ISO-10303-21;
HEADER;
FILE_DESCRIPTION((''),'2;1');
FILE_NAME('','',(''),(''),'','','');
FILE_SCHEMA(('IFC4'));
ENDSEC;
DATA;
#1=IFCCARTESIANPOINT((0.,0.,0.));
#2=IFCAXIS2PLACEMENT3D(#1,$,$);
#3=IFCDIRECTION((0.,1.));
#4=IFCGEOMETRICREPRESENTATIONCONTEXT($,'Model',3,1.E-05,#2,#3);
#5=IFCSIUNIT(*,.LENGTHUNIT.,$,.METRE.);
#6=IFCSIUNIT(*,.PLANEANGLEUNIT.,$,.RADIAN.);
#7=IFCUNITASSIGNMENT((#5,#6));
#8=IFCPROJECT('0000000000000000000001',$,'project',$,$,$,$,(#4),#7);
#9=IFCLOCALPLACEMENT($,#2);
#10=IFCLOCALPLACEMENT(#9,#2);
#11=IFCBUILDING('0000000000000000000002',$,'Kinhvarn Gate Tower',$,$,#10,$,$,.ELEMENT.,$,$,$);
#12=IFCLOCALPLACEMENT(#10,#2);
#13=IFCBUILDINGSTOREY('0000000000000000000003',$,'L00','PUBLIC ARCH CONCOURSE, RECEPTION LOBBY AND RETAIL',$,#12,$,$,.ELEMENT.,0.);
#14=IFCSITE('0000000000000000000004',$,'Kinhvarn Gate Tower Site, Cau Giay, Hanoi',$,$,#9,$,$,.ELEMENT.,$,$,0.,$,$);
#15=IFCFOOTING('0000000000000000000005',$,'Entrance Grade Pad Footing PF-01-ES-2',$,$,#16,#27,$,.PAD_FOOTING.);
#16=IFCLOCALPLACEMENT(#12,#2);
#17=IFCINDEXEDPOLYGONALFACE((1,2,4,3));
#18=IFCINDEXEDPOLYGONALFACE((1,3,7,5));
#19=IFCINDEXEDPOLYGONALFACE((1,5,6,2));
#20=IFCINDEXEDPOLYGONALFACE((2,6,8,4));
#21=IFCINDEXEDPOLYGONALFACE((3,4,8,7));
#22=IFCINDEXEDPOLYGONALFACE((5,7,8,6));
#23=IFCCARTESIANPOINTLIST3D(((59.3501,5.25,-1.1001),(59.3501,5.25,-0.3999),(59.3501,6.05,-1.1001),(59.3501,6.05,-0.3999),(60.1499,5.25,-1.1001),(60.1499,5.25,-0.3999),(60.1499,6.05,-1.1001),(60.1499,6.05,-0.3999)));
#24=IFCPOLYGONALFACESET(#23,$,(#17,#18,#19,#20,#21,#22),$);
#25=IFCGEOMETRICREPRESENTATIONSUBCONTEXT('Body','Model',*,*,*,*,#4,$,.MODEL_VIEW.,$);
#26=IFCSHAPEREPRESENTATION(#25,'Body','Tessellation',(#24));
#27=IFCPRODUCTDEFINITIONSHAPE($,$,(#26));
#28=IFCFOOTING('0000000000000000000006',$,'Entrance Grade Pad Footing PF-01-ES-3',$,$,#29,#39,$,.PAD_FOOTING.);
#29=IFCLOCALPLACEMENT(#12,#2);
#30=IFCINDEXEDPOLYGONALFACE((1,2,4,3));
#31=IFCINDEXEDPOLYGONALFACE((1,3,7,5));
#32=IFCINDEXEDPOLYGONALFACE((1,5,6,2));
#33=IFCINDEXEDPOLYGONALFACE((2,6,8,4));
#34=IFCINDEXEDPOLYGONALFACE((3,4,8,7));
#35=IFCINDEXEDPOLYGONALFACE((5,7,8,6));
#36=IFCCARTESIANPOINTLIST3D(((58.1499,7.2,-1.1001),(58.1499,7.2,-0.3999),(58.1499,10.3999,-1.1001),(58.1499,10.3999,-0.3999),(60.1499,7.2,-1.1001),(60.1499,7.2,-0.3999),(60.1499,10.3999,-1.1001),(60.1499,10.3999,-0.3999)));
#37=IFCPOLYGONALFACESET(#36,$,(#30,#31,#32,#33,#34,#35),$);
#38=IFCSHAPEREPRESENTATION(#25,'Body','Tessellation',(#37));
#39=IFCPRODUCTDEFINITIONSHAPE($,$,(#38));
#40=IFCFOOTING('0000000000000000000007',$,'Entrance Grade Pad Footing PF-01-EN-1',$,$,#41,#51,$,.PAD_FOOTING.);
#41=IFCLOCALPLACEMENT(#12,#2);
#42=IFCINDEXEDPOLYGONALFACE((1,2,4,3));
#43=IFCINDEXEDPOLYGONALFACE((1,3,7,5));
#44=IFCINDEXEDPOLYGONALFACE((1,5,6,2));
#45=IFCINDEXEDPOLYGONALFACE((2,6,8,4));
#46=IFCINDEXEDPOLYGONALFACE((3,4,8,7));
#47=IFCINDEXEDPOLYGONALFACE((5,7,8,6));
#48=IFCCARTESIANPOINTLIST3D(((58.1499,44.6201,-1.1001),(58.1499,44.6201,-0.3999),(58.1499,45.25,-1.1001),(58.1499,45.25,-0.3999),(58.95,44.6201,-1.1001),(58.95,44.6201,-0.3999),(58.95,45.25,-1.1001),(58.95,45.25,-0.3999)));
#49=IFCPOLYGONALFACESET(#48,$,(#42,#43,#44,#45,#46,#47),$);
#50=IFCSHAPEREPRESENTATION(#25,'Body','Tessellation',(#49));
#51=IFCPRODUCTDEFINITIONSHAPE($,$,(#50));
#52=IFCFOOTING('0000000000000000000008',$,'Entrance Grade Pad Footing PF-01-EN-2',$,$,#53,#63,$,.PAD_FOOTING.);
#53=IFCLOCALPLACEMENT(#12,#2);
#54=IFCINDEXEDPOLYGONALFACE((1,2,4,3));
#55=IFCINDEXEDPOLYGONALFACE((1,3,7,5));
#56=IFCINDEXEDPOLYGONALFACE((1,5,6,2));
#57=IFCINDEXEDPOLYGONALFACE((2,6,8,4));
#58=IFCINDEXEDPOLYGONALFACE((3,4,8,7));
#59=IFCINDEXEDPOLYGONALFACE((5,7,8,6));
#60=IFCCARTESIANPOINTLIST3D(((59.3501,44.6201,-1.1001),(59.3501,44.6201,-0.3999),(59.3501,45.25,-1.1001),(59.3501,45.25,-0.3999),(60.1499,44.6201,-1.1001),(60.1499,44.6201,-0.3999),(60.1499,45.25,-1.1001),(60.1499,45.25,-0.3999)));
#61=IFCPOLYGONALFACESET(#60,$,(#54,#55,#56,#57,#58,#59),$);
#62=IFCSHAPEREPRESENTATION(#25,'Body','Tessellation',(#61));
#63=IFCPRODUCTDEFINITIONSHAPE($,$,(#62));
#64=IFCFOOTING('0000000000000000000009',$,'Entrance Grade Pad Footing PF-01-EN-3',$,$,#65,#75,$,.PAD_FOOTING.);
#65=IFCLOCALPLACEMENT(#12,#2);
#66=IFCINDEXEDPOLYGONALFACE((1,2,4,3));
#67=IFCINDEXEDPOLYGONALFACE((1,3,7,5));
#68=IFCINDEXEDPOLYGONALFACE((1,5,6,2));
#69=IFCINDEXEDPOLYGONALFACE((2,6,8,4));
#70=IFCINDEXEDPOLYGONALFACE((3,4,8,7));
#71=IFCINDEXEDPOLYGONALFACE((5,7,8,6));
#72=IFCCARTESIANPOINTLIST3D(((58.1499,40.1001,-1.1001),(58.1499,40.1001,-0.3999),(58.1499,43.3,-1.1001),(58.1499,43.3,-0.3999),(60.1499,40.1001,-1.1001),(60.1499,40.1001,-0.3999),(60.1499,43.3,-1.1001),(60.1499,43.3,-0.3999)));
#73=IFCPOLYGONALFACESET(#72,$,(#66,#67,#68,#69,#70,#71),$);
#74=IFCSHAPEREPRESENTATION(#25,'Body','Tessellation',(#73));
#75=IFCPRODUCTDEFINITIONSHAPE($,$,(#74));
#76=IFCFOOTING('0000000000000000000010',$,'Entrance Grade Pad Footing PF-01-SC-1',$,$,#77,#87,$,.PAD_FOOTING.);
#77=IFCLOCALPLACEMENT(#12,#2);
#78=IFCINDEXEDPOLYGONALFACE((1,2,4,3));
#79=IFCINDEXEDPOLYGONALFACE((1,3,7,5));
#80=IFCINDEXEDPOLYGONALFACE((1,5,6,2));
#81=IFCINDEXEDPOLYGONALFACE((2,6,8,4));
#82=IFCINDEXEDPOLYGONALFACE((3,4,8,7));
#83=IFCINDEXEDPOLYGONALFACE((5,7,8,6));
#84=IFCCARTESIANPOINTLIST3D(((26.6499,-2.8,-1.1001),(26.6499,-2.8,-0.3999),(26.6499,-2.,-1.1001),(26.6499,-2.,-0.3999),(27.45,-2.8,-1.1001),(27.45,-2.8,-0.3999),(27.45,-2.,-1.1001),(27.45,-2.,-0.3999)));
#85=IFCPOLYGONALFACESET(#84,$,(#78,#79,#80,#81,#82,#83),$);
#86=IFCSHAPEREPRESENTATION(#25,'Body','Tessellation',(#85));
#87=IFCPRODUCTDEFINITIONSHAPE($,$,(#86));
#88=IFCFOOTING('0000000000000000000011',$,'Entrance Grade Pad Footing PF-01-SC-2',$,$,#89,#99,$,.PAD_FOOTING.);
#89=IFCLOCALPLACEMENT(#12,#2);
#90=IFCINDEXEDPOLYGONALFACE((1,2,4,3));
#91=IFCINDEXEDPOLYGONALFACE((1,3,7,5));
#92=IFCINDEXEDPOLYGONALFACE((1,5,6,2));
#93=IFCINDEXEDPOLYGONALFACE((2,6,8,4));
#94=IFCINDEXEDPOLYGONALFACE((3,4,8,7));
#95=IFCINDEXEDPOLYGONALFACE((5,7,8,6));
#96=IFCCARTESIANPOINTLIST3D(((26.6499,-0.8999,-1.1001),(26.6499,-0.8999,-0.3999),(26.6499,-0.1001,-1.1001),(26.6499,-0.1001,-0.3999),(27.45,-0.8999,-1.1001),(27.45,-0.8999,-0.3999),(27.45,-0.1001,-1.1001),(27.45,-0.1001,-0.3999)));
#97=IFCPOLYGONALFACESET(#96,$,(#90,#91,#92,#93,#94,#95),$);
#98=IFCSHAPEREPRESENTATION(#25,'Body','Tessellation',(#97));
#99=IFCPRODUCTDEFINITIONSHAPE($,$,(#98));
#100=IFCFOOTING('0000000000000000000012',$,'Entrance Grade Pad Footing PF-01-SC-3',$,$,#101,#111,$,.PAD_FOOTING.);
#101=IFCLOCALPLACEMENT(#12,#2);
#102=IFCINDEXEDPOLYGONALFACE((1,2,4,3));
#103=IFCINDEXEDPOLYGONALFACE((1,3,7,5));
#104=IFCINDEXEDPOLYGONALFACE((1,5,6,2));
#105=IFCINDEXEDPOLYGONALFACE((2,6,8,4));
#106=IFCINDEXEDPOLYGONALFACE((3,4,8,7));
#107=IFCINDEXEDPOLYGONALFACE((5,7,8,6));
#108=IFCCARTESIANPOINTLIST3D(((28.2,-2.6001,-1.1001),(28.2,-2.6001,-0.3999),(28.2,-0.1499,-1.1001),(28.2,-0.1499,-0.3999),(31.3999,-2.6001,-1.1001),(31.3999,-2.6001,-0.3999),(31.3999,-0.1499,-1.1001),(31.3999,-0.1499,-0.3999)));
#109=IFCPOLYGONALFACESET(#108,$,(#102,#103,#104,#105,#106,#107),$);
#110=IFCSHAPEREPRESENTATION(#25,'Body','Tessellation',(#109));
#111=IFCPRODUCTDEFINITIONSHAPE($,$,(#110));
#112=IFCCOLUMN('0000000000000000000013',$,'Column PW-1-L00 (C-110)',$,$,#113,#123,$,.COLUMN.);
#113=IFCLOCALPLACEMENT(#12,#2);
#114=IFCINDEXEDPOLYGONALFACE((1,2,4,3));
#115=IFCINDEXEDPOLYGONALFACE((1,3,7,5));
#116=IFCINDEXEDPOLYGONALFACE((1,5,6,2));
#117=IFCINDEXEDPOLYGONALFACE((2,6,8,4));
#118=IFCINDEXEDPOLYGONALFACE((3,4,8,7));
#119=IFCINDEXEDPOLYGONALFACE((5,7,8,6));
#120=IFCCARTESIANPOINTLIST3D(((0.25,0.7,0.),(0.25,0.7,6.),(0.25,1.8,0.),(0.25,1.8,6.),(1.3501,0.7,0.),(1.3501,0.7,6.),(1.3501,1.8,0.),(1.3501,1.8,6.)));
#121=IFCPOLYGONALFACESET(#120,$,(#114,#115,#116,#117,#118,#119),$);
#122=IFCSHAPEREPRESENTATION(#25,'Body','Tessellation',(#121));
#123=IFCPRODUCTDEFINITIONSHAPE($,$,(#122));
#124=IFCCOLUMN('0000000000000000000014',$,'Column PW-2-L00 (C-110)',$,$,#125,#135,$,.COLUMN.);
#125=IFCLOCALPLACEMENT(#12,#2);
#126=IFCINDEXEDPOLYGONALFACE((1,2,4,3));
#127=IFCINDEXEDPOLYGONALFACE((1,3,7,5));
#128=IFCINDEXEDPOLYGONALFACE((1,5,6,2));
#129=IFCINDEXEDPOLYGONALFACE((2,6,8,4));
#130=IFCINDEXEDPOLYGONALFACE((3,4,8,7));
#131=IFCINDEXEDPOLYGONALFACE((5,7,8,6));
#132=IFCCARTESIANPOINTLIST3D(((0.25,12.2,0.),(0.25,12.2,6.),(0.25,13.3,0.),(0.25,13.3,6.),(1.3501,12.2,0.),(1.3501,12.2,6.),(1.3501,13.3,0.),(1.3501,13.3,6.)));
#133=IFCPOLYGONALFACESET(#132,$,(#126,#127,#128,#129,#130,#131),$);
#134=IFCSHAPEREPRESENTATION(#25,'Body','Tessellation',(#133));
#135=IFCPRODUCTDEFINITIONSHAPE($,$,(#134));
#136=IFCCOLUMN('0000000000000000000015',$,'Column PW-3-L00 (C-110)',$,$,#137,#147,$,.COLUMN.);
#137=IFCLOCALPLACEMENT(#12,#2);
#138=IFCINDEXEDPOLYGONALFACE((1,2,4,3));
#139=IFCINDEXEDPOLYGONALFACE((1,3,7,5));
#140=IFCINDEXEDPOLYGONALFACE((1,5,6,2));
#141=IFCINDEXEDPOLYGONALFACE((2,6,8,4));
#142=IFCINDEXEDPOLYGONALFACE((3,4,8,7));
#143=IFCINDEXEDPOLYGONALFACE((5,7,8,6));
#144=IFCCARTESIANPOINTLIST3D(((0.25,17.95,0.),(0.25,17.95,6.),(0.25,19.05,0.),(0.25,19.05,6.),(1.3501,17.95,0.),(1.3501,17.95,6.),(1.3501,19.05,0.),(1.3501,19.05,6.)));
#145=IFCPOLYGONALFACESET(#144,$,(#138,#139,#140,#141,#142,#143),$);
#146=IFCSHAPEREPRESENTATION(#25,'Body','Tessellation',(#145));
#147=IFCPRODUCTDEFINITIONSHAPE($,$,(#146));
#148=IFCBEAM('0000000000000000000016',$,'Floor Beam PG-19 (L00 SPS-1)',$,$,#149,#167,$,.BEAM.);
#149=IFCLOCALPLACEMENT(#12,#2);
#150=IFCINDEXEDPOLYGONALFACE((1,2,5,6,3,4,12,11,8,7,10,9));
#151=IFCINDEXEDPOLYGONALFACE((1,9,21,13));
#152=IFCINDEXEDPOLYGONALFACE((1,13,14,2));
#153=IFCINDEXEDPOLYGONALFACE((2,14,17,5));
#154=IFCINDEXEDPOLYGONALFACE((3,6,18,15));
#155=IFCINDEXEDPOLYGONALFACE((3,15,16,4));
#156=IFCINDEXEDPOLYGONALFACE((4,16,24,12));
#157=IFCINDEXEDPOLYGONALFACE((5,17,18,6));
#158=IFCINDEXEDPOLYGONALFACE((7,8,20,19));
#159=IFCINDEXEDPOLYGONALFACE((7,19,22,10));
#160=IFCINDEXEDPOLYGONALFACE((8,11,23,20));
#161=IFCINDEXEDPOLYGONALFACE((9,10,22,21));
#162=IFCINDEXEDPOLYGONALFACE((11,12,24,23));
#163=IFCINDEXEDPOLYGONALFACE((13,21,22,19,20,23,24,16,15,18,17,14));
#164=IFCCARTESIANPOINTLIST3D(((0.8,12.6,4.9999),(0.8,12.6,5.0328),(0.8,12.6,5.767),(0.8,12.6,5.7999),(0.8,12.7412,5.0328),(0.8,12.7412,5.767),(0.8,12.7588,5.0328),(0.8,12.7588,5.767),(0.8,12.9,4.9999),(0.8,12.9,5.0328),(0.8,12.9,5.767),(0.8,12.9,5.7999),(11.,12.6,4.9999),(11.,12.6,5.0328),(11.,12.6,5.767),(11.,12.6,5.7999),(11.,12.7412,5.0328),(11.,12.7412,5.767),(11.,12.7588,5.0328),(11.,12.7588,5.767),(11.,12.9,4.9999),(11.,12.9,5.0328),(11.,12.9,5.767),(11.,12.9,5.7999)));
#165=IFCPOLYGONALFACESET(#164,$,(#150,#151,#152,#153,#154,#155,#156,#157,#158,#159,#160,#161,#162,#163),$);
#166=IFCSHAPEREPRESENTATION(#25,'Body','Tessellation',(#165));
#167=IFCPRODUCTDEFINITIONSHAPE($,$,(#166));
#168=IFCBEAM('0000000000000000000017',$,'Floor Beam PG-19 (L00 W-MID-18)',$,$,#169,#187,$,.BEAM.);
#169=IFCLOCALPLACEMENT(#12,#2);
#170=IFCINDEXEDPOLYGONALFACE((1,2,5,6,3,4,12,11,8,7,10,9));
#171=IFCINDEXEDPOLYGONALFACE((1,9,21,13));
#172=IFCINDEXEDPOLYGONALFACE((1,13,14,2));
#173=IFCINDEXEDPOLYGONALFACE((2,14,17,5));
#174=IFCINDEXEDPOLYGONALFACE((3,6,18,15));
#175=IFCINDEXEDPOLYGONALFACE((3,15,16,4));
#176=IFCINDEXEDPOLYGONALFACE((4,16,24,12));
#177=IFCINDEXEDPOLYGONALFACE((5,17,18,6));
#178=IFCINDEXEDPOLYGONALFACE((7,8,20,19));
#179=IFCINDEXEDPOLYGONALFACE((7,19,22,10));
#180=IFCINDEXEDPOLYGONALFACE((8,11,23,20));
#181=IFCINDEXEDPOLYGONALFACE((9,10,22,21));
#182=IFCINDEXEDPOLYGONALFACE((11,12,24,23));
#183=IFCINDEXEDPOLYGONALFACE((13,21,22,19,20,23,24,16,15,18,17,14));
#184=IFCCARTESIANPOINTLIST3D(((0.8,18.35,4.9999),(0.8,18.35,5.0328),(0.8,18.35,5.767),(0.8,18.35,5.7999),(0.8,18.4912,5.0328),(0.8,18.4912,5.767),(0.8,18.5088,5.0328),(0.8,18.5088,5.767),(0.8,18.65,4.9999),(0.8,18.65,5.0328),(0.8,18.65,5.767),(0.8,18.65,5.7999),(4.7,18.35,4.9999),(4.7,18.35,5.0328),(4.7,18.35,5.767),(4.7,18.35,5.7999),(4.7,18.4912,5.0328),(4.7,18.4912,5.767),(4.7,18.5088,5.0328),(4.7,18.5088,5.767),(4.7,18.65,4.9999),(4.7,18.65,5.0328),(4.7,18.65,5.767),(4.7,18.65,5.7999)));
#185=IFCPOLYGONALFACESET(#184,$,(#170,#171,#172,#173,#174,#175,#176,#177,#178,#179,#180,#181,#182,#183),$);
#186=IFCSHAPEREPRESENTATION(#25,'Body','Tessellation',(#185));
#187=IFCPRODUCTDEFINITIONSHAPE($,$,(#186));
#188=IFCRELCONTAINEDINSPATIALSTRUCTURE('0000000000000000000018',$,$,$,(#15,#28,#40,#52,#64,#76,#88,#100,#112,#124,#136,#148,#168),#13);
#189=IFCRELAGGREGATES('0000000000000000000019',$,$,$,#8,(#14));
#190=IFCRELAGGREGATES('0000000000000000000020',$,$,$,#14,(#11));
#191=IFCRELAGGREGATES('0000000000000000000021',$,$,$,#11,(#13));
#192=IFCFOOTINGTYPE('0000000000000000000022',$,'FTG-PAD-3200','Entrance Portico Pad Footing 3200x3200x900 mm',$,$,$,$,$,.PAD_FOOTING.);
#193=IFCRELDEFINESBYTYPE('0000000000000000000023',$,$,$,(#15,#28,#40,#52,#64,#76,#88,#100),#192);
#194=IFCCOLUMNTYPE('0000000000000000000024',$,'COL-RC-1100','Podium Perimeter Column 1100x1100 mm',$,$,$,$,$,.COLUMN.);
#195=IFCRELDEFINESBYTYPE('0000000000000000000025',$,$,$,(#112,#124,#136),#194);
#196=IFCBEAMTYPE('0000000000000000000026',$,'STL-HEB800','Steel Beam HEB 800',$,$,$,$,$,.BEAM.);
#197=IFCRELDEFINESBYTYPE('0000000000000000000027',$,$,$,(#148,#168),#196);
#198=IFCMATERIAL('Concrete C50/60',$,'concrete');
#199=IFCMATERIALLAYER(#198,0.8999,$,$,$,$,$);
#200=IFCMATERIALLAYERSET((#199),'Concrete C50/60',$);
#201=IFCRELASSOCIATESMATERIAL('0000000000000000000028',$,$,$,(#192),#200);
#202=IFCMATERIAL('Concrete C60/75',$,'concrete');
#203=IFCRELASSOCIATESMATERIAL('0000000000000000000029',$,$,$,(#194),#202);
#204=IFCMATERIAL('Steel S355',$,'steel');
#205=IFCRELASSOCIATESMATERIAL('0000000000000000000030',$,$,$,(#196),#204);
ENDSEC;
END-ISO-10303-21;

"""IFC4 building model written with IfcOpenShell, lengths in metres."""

from ifc_helpers import new_model, si_unit, direction, frame, origin, origin_2d, place, context, subcontext, project, spatial, polyline, rectangle, i_section, outline, extrude, material, layer, layer_set, material_profile, profile_set, type_object, element, save


model = new_model("IFC4")

# Units and contexts
model_context = context("Model", 3, precision=1e-05, world=origin(), true_north=direction((0.0, 1.0)))
body_context = subcontext(model_context, "Body", "Model", "MODEL_VIEW")
ifc_project = project(units=[si_unit("LENGTHUNIT", "METRE"), si_unit("PLANEANGLEUNIT", "RADIAN")], contexts=[model_context])

# Site, building, storey
site_placement = place(None, origin())
site = spatial("IfcSite", under=ifc_project, at=site_placement, Name="Kinhvarn Gate Tower Site, Cau Giay, Hanoi", CompositionType="ELEMENT", RefElevation=0.0)
building_placement = place(site_placement, origin())
building = spatial("IfcBuilding", under=site, at=building_placement, Name="Kinhvarn Gate Tower", CompositionType="ELEMENT")
storey_placement = place(building_placement, origin())
storey = spatial("IfcBuildingStorey", under=building, at=storey_placement, Name="L00", Description="PUBLIC ARCH CONCOURSE, RECEPTION LOBBY AND RETAIL", CompositionType="ELEMENT", Elevation=0.0)

# Footings
ifc_material_1 = material(Name="Concrete C50/60", Category="concrete")
ifc_layer_1 = layer(ifc_material_1, 0.8999)
ifc_layer_set_1 = layer_set([ifc_layer_1], Name="Concrete C50/60")
footing_type = type_object("IfcFootingType", Name="FTG-PAD-3200", Description="Entrance Portico Pad Footing 3200x3200x900 mm", PredefinedType="PAD_FOOTING", material=ifc_layer_set_1)
footing_1_placement = place(storey_placement, frame((0.0, 0.0, -1.1001)))
element("IfcFooting", 1, at=footing_1_placement, inside=storey, type_object=footing_type, Name="Entrance Grade Pad Footing PF-01-ES-2", PredefinedType="PAD_FOOTING", context=body_context, shape_type="SweptSolid", body=[
    extrude(outline(polyline([(59.3501, 5.25), (60.1499, 5.25), (60.1499, 6.05), (59.3501, 6.05), (59.3501, 5.25)])), origin(), (0.0, 0.0, 1.0), 0.7002),
])
footing_2_placement = place(storey_placement, frame((0.0, 0.0, -1.1001)))
element("IfcFooting", 2, at=footing_2_placement, inside=storey, type_object=footing_type, Name="Entrance Grade Pad Footing PF-01-ES-3", PredefinedType="PAD_FOOTING", context=body_context, shape_type="SweptSolid", body=[
    extrude(outline(polyline([(58.1499, 7.2), (60.1499, 7.2), (60.1499, 10.3999), (58.1499, 10.3999), (58.1499, 7.2)])), origin(), (0.0, 0.0, 1.0), 0.7002),
])
footing_3_placement = place(storey_placement, frame((0.0, 0.0, -1.1001)))
element("IfcFooting", 3, at=footing_3_placement, inside=storey, type_object=footing_type, Name="Entrance Grade Pad Footing PF-01-EN-1", PredefinedType="PAD_FOOTING", context=body_context, shape_type="SweptSolid", body=[
    extrude(outline(polyline([(58.1499, 44.6201), (58.95, 44.6201), (58.95, 45.25), (58.1499, 45.25), (58.1499, 44.6201)])), origin(), (0.0, 0.0, 1.0), 0.7002),
])
footing_4_placement = place(storey_placement, frame((0.0, 0.0, -1.1001)))
element("IfcFooting", 4, at=footing_4_placement, inside=storey, type_object=footing_type, Name="Entrance Grade Pad Footing PF-01-EN-2", PredefinedType="PAD_FOOTING", context=body_context, shape_type="SweptSolid", body=[
    extrude(outline(polyline([(59.3501, 44.6201), (60.1499, 44.6201), (60.1499, 45.25), (59.3501, 45.25), (59.3501, 44.6201)])), origin(), (0.0, 0.0, 1.0), 0.7002),
])
footing_5_placement = place(storey_placement, frame((0.0, 0.0, -1.1001)))
element("IfcFooting", 5, at=footing_5_placement, inside=storey, type_object=footing_type, Name="Entrance Grade Pad Footing PF-01-EN-3", PredefinedType="PAD_FOOTING", context=body_context, shape_type="SweptSolid", body=[
    extrude(outline(polyline([(58.1499, 40.1001), (60.1499, 40.1001), (60.1499, 43.3), (58.1499, 43.3), (58.1499, 40.1001)])), origin(), (0.0, 0.0, 1.0), 0.7002),
])
footing_6_placement = place(storey_placement, frame((0.0, 0.0, -1.1001)))
element("IfcFooting", 6, at=footing_6_placement, inside=storey, type_object=footing_type, Name="Entrance Grade Pad Footing PF-01-SC-1", PredefinedType="PAD_FOOTING", context=body_context, shape_type="SweptSolid", body=[
    extrude(outline(polyline([(26.6499, -2.8), (27.45, -2.8), (27.45, -2.0), (26.6499, -2.0), (26.6499, -2.8)])), origin(), (0.0, 0.0, 1.0), 0.7002),
])
footing_7_placement = place(storey_placement, frame((0.0, 0.0, -1.1001)))
element("IfcFooting", 7, at=footing_7_placement, inside=storey, type_object=footing_type, Name="Entrance Grade Pad Footing PF-01-SC-2", PredefinedType="PAD_FOOTING", context=body_context, shape_type="SweptSolid", body=[
    extrude(outline(polyline([(26.6499, -0.8999), (27.45, -0.8999), (27.45, -0.1001), (26.6499, -0.1001), (26.6499, -0.8999)])), origin(), (0.0, 0.0, 1.0), 0.7002),
])
footing_8_placement = place(storey_placement, frame((0.0, 0.0, -1.1001)))
element("IfcFooting", 8, at=footing_8_placement, inside=storey, type_object=footing_type, Name="Entrance Grade Pad Footing PF-01-SC-3", PredefinedType="PAD_FOOTING", context=body_context, shape_type="SweptSolid", body=[
    extrude(outline(polyline([(28.2, -2.6001), (31.3999, -2.6001), (31.3999, -0.1499), (28.2, -0.1499), (28.2, -2.6001)])), origin(), (0.0, 0.0, 1.0), 0.7002),
])

# Columns
ifc_material_2 = material(Name="Concrete C60/75", Category="concrete")
ifc_material_profile_1 = material_profile(ifc_material_2, rectangle(XDim=1.1001, YDim=1.1001, at=origin_2d()), Name="RC 1100x1100")
ifc_profile_set_1 = profile_set([ifc_material_profile_1], Name="Concrete C60/75")
column_type = type_object("IfcColumnType", Name="COL-RC-1100", Description="Podium Perimeter Column 1100x1100 mm", PredefinedType="COLUMN", material=ifc_profile_set_1)
for number, where, z_axis, x_axis, name in (
    (9, (0.8, 1.25, 0.0), (0.0, 0.0, 1.0), (1.0, 0.0, 0.0), "Column PW-1-L00 (C-110)"),
    (10, (0.8, 12.75, 0.0), (0.0, 0.0, 1.0), (1.0, 0.0, 0.0), "Column PW-2-L00 (C-110)"),
    (11, (0.8, 18.5, 0.0), (0.0, 0.0, 1.0), (1.0, 0.0, 0.0), "Column PW-3-L00 (C-110)"),
):
    element("IfcColumn", number, at=place(storey_placement, frame(where, z_axis=z_axis, x_axis=x_axis)), inside=storey, type_object=column_type, Name=name, PredefinedType="COLUMN", context=body_context, shape_type="SweptSolid", body=[
        extrude(rectangle(XDim=1.1001, YDim=1.1001, at=origin_2d()), origin(), (0.0, 0.0, 1.0), 6.0),
    ])

# Beams
ifc_material_3 = material(Name="Steel S355", Category="steel")
ifc_material_profile_2 = material_profile(ifc_material_3, i_section(OverallWidth=0.3, OverallDepth=0.8, WebThickness=0.0176, FlangeThickness=0.033, at=origin_2d()), Name="HEB 800")
ifc_profile_set_2 = profile_set([ifc_material_profile_2], Name="Steel S355")
beam_type_1 = type_object("IfcBeamType", Name="STL-HEB800", Description="Steel Beam HEB 800", PredefinedType="BEAM", material=ifc_profile_set_2)
beam_1_placement = place(storey_placement, frame((0.8, 12.75, 5.3999), z_axis=(1.0, 0.0, 0.0), x_axis=(0.0, 1.0, 0.0)))
element("IfcBeam", 12, at=beam_1_placement, inside=storey, type_object=beam_type_1, Name="Floor Beam PG-19 (L00 SPS-1)", PredefinedType="BEAM", context=body_context, shape_type="SweptSolid", body=[
    extrude(i_section(OverallWidth=0.3, OverallDepth=0.8, WebThickness=0.0176, FlangeThickness=0.033, at=origin_2d()), origin(), (0.0, 0.0, 1.0), 10.2),
])
beam_2_placement = place(storey_placement, frame((0.8, 18.5, 5.3999), z_axis=(1.0, 0.0, 0.0), x_axis=(0.0, 1.0, 0.0)))
element("IfcBeam", 13, at=beam_2_placement, inside=storey, type_object=beam_type_1, Name="Floor Beam PG-19 (L00 W-MID-18)", PredefinedType="BEAM", context=body_context, shape_type="SweptSolid", body=[
    extrude(i_section(OverallWidth=0.3, OverallDepth=0.8, WebThickness=0.0176, FlangeThickness=0.033, at=origin_2d()), origin(), (0.0, 0.0, 1.0), 3.8999),
])

save(model, "model.ifc")
